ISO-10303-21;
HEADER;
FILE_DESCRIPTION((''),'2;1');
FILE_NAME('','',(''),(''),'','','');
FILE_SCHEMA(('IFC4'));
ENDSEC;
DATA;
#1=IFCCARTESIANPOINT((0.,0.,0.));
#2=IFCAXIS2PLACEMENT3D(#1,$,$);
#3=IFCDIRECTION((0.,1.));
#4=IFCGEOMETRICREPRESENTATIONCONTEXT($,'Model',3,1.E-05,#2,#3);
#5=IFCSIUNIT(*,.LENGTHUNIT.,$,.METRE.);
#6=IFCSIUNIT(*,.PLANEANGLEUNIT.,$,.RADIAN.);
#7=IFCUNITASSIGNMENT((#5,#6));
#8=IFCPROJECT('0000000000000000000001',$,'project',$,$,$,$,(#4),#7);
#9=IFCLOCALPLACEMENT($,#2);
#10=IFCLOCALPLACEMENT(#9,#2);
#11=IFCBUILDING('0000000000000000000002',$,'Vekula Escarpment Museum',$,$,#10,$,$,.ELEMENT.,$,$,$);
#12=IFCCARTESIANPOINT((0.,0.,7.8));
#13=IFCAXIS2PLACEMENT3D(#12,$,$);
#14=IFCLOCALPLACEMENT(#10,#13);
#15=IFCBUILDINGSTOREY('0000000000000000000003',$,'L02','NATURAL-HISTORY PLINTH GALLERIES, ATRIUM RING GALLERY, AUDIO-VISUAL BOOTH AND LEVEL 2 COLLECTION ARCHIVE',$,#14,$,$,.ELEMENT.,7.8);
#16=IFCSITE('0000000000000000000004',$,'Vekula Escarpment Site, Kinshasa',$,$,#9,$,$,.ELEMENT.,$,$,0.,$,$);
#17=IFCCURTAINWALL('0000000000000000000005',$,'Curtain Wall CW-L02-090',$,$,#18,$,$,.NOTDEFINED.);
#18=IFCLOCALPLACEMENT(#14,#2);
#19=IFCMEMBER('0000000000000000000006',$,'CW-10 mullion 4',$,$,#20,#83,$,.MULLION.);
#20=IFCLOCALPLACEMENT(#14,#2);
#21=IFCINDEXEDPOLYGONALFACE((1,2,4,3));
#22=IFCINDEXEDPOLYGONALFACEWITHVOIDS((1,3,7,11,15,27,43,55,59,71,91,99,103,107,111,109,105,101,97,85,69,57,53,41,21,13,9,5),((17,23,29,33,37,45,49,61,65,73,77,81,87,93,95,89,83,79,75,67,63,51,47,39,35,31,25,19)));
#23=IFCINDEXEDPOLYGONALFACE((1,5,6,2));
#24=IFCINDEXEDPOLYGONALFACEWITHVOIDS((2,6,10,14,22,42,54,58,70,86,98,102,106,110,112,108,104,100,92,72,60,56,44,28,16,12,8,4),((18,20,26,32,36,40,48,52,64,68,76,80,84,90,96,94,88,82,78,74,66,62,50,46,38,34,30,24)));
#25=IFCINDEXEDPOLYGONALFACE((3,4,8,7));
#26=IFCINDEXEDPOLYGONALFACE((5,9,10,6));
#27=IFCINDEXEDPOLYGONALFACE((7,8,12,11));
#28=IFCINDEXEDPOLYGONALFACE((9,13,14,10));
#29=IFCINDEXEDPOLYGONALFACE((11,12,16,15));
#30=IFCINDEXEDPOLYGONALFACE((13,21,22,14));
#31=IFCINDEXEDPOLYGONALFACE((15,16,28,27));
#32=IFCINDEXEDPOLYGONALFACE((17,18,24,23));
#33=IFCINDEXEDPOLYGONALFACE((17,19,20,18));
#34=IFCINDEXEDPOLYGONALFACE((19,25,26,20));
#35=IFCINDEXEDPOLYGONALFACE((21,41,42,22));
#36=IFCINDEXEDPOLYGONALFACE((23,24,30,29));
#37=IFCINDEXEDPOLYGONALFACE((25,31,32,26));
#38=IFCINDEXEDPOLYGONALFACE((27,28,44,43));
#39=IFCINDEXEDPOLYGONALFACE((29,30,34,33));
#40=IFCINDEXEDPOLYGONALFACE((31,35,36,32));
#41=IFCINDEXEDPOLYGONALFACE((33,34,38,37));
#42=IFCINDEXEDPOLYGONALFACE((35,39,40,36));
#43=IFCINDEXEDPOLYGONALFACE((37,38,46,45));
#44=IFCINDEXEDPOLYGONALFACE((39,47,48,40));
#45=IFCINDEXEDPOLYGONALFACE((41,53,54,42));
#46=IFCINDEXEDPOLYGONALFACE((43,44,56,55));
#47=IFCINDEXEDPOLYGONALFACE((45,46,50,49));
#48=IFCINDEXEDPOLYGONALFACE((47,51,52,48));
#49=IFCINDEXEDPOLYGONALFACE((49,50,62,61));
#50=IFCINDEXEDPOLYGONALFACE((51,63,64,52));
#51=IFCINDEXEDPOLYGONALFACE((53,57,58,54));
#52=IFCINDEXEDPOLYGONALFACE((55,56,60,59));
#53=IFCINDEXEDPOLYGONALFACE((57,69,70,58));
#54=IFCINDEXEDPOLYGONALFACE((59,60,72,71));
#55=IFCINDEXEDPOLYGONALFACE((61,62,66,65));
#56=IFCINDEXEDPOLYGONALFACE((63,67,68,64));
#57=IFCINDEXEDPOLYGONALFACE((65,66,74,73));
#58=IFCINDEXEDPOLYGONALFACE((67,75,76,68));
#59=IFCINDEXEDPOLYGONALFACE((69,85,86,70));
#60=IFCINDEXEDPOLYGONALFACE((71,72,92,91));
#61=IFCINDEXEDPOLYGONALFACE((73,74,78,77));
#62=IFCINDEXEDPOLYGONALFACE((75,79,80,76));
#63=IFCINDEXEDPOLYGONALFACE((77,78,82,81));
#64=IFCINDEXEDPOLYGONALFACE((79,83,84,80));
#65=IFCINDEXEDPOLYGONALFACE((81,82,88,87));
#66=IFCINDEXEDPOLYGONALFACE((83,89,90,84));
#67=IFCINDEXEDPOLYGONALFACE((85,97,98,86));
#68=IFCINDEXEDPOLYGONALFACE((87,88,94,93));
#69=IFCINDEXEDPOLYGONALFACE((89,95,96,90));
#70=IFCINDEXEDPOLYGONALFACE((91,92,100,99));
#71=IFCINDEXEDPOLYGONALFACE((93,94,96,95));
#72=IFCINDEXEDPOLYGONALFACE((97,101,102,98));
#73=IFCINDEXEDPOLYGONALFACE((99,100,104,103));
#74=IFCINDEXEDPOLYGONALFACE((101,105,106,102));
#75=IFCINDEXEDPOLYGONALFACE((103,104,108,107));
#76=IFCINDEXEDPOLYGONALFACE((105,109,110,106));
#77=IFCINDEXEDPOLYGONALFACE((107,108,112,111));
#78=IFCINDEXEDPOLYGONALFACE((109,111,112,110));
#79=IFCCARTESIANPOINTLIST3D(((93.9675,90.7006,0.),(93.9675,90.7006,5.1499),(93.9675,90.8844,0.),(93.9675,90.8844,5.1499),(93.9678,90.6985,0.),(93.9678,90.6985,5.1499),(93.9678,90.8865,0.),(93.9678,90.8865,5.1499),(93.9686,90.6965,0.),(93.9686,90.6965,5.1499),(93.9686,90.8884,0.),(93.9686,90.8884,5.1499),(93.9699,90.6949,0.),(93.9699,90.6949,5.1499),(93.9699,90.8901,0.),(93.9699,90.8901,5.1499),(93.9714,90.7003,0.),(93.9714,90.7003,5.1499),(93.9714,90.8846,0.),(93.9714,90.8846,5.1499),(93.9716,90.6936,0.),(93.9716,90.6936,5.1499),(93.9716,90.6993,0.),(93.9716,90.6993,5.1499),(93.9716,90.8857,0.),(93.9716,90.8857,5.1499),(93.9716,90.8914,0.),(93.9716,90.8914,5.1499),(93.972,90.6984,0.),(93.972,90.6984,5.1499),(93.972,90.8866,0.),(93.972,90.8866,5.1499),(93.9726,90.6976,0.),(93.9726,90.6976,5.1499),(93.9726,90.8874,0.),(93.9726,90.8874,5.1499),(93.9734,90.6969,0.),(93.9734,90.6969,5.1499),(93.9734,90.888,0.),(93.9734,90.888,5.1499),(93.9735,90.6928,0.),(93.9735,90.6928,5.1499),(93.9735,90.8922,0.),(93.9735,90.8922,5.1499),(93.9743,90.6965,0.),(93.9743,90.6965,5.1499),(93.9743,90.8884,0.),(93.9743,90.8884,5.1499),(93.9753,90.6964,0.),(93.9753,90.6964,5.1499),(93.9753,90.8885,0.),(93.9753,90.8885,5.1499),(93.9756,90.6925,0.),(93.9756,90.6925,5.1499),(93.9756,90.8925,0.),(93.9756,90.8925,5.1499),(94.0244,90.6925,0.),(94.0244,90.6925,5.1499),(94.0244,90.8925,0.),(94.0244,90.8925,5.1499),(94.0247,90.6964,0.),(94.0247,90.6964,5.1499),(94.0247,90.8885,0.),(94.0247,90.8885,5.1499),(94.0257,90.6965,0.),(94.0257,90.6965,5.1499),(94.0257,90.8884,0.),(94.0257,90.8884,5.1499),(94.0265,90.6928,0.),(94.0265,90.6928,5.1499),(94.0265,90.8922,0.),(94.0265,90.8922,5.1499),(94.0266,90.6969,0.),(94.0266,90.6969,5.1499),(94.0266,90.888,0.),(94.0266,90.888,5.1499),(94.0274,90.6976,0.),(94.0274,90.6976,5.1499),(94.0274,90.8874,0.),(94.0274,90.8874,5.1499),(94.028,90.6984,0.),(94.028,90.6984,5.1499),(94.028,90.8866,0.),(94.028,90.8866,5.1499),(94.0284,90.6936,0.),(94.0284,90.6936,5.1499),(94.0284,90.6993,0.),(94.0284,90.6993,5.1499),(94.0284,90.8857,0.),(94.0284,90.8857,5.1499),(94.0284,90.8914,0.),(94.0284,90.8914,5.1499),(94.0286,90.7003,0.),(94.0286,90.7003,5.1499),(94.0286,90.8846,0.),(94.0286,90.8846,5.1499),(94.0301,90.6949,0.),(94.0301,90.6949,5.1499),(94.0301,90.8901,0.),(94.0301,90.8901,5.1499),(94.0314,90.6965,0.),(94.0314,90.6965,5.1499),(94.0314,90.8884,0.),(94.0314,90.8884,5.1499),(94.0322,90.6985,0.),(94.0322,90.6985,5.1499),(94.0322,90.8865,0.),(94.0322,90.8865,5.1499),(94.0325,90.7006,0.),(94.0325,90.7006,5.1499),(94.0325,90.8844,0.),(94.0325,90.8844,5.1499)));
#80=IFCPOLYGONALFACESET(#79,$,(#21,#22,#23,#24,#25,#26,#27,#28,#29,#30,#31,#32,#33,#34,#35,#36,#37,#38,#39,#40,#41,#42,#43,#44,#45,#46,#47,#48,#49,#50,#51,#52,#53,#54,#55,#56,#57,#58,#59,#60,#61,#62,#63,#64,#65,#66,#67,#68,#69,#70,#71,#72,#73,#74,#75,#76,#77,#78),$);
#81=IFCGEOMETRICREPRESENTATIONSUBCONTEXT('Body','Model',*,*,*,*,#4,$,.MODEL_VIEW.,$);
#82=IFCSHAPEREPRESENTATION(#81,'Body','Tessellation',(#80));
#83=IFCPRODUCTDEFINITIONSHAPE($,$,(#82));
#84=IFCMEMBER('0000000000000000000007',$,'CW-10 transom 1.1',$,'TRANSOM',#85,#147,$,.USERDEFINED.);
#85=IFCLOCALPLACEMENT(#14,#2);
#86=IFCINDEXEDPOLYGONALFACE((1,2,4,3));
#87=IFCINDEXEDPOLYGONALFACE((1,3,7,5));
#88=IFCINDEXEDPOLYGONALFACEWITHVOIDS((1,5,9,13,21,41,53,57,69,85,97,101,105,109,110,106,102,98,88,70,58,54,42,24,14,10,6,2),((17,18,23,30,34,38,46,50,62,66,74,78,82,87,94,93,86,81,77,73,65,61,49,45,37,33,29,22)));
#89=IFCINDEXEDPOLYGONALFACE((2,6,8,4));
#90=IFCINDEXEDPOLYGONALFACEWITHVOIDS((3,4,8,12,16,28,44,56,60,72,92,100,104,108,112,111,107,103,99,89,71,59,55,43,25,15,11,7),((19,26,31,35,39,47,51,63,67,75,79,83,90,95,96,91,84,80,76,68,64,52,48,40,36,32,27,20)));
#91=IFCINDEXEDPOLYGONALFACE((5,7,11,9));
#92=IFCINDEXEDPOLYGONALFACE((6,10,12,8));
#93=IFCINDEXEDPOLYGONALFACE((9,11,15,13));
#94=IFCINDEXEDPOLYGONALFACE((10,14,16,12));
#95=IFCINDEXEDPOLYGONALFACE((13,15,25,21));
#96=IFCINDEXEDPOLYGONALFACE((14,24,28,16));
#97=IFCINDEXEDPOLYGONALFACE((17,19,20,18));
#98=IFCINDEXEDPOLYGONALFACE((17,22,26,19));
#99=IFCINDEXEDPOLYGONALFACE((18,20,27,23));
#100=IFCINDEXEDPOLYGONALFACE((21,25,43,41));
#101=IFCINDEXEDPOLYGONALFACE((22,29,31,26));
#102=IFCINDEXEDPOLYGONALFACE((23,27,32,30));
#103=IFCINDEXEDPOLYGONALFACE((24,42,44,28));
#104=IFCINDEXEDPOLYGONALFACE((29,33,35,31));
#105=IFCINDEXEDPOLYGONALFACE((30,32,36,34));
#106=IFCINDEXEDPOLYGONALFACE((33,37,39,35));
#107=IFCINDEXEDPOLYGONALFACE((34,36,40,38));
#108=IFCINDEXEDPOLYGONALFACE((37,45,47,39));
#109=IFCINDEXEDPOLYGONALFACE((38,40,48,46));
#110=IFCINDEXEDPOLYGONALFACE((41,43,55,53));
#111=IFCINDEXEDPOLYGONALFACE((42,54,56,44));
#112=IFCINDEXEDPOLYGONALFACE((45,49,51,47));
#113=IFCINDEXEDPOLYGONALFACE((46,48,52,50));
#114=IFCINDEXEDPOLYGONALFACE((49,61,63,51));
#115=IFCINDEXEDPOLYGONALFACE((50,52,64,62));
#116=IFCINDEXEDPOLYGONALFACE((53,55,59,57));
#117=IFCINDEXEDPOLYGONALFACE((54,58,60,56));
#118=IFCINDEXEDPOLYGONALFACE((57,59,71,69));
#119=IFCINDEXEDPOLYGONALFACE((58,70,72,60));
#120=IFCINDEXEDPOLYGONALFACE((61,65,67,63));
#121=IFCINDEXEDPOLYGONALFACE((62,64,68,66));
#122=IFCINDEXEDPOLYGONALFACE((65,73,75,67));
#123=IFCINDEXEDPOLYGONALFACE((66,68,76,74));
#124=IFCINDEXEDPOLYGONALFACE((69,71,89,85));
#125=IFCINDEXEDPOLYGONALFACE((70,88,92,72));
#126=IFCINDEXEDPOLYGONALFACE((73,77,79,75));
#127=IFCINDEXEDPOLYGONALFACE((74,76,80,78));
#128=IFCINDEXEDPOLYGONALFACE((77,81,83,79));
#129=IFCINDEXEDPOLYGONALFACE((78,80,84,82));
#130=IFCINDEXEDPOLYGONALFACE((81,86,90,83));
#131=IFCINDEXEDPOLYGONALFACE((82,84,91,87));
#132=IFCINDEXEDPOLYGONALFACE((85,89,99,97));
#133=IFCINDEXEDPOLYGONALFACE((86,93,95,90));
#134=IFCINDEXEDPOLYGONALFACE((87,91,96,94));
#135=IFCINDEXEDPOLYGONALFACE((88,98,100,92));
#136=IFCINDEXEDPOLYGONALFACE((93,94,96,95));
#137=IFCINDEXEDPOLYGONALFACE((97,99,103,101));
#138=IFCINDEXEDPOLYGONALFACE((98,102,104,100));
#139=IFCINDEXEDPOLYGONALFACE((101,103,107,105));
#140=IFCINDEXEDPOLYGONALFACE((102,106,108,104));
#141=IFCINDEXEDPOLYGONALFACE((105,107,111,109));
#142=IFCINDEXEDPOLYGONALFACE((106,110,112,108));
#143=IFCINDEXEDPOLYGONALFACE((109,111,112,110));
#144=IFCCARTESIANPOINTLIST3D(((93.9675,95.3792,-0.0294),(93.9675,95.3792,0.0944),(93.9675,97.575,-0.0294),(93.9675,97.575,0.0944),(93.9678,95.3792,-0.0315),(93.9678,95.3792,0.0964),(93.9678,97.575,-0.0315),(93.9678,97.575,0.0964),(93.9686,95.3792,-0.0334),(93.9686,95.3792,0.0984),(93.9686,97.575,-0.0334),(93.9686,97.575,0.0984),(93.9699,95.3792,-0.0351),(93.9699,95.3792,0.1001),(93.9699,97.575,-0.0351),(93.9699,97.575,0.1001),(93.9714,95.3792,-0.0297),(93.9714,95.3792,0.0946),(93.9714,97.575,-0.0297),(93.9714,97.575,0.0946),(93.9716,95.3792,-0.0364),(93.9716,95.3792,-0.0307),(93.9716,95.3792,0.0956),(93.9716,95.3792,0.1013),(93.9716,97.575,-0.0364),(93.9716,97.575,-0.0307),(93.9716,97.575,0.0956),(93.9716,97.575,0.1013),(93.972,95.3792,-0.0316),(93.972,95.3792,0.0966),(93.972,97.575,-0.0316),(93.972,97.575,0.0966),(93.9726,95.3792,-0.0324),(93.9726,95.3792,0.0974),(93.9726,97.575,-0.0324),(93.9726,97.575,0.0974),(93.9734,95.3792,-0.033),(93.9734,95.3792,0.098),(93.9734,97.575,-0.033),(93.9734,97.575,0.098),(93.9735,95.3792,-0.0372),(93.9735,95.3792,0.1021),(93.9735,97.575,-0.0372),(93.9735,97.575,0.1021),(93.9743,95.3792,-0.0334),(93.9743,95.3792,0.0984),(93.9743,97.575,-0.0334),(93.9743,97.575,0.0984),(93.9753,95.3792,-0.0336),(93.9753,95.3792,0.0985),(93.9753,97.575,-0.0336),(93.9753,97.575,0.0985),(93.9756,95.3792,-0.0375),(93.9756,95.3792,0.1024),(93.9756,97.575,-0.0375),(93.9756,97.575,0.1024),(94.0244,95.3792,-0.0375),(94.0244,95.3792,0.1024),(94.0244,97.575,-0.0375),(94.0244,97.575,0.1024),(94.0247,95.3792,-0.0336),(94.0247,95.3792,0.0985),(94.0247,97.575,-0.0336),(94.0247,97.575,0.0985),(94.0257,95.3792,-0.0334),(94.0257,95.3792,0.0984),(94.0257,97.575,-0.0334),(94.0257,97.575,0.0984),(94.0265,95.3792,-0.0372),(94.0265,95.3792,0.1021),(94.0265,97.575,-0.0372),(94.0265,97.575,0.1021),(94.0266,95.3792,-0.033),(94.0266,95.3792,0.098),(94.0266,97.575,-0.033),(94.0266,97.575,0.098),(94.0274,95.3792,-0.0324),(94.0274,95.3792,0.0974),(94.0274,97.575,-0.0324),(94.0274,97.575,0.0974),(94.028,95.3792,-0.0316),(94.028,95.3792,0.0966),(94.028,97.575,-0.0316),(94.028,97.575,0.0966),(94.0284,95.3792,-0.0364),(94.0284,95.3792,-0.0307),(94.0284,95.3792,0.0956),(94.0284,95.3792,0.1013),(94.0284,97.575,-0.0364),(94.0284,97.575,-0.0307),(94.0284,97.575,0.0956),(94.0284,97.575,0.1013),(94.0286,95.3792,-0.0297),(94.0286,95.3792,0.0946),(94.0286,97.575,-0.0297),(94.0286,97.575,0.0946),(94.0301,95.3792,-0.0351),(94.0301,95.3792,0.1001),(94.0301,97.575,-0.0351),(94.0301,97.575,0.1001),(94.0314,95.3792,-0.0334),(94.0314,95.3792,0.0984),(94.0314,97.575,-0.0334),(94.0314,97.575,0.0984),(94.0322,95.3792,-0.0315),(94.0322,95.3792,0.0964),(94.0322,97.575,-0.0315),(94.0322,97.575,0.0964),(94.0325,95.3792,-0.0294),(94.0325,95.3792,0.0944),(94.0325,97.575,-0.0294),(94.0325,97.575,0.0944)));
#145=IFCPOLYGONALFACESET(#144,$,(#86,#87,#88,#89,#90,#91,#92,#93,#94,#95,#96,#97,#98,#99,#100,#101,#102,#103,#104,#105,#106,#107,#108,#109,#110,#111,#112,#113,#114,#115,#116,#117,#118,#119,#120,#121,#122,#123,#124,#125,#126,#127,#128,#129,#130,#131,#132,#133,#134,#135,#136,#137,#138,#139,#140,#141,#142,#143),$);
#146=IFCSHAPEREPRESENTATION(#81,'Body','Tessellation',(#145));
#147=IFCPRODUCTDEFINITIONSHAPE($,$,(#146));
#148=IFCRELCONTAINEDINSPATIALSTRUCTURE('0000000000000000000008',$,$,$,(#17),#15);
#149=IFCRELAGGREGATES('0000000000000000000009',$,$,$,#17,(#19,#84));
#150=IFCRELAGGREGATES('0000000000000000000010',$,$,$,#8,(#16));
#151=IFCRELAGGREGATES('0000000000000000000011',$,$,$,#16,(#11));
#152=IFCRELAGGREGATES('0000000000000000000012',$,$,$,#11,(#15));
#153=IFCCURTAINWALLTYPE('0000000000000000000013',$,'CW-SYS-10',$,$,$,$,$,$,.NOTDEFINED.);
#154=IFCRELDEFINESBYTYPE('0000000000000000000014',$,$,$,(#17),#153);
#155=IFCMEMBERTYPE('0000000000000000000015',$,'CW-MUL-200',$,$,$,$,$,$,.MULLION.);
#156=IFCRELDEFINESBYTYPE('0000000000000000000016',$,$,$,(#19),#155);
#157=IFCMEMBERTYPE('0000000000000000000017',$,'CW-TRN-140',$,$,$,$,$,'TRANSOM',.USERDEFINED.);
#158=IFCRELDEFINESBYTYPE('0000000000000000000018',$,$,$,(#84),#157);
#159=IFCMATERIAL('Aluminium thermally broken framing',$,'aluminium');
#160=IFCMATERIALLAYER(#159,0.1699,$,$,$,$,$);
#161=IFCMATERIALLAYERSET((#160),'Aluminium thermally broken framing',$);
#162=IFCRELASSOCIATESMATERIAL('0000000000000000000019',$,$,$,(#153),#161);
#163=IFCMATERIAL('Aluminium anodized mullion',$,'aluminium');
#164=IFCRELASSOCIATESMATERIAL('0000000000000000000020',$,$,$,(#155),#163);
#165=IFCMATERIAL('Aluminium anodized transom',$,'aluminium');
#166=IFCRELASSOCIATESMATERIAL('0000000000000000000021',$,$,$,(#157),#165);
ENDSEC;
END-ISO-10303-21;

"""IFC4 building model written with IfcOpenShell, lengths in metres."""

from ifc_helpers import new_model, si_unit, direction, frame, origin, origin_2d, place, context, subcontext, project, spatial, hollow_rectangle, extrude, material, layer, layer_set, material_profile, profile_set, type_object, element, aggregate, save


model = new_model("IFC4")

# Units and contexts
model_context = context("Model", 3, precision=1e-05, world=origin(), true_north=direction((0.0, 1.0)))
body_context = subcontext(model_context, "Body", "Model", "MODEL_VIEW")
ifc_project = project(units=[si_unit("LENGTHUNIT", "METRE"), si_unit("PLANEANGLEUNIT", "RADIAN")], contexts=[model_context])

# Site, building, storey
site_placement = place(None, origin())
site = spatial("IfcSite", under=ifc_project, at=site_placement, Name="Vekula Escarpment Site, Kinshasa", CompositionType="ELEMENT", RefElevation=0.0)
building_placement = place(site_placement, origin())
building = spatial("IfcBuilding", under=site, at=building_placement, Name="Vekula Escarpment Museum", CompositionType="ELEMENT")
storey_placement = place(building_placement, frame((0.0, 0.0, 7.8)))
storey = spatial("IfcBuildingStorey", under=building, at=storey_placement, Name="L02", Description="NATURAL-HISTORY PLINTH GALLERIES, ATRIUM RING GALLERY, AUDIO-VISUAL BOOTH AND LEVEL 2 COLLECTION ARCHIVE", CompositionType="ELEMENT", Elevation=7.8)

# Curtain wall, members
ifc_material_1 = material(Name="Aluminium thermally broken framing", Category="aluminium")
ifc_layer_1 = layer(ifc_material_1, 0.1699)
ifc_layer_set_1 = layer_set([ifc_layer_1], Name="Aluminium thermally broken framing")
curtain_wall_type = type_object("IfcCurtainWallType", Name="CW-SYS-10", PredefinedType="NOTDEFINED", material=ifc_layer_set_1)
curtain_wall_placement = place(storey_placement, origin())
curtain_wall = element("IfcCurtainWall", 1, at=curtain_wall_placement, inside=storey, type_object=curtain_wall_type, Name="Curtain Wall CW-L02-090", PredefinedType="NOTDEFINED")
ifc_material_2 = material(Name="Aluminium anodized mullion", Category="aluminium")
ifc_material_profile_1 = material_profile(ifc_material_2, hollow_rectangle(XDim=0.0649, YDim=0.2, WallThickness=0.0039, InnerFilletRadius=0.0039, OuterFilletRadius=0.0081, at=origin_2d()), Name="ALU 200x65x4")
ifc_profile_set_1 = profile_set([ifc_material_profile_1], Name="Aluminium anodized mullion")
member_type_1 = type_object("IfcMemberType", Name="CW-MUL-200", PredefinedType="MULLION", material=ifc_profile_set_1)
member_1_placement = place(storey_placement, frame((94.0, 90.7925, 0.0), z_axis=(0.0, 0.0, 1.0), x_axis=(1.0, 0.0, 0.0)))
member_1 = element("IfcMember", 2, at=member_1_placement, type_object=member_type_1, Name="CW-10 mullion 4", PredefinedType="MULLION", context=body_context, shape_type="SweptSolid", body=[
    extrude(hollow_rectangle(XDim=0.0649, YDim=0.2, WallThickness=0.0039, InnerFilletRadius=0.0039, OuterFilletRadius=0.0081, at=origin_2d()), origin(), (0.0, 0.0, 1.0), 5.1499),
])
ifc_material_3 = material(Name="Aluminium anodized transom", Category="aluminium")
ifc_material_profile_2 = material_profile(ifc_material_3, hollow_rectangle(XDim=0.0649, YDim=0.1399, WallThickness=0.0039, InnerFilletRadius=0.0039, OuterFilletRadius=0.0081, at=origin_2d()), Name="ALU 140x65x4")
ifc_profile_set_2 = profile_set([ifc_material_profile_2], Name="Aluminium anodized transom")
member_type_2 = type_object("IfcMemberType", Name="CW-TRN-140", ElementType="TRANSOM", PredefinedType="USERDEFINED", material=ifc_profile_set_2)
member_2_placement = place(storey_placement, frame((94.0, 97.575, 0.0325), z_axis=(0.0, -1.0, 0.0), x_axis=(1.0, 0.0, 0.0)))
member_2 = element("IfcMember", 3, at=member_2_placement, type_object=member_type_2, Name="CW-10 transom 1.1", ObjectType="TRANSOM", PredefinedType="USERDEFINED", context=body_context, shape_type="SweptSolid", body=[
    extrude(hollow_rectangle(XDim=0.0649, YDim=0.1399, WallThickness=0.0039, InnerFilletRadius=0.0039, OuterFilletRadius=0.0081, at=origin_2d()), origin(), (0.0, 0.0, 1.0), 2.1958),
])

aggregate(curtain_wall, [member_1, member_2])

save(model, "model.ifc")
